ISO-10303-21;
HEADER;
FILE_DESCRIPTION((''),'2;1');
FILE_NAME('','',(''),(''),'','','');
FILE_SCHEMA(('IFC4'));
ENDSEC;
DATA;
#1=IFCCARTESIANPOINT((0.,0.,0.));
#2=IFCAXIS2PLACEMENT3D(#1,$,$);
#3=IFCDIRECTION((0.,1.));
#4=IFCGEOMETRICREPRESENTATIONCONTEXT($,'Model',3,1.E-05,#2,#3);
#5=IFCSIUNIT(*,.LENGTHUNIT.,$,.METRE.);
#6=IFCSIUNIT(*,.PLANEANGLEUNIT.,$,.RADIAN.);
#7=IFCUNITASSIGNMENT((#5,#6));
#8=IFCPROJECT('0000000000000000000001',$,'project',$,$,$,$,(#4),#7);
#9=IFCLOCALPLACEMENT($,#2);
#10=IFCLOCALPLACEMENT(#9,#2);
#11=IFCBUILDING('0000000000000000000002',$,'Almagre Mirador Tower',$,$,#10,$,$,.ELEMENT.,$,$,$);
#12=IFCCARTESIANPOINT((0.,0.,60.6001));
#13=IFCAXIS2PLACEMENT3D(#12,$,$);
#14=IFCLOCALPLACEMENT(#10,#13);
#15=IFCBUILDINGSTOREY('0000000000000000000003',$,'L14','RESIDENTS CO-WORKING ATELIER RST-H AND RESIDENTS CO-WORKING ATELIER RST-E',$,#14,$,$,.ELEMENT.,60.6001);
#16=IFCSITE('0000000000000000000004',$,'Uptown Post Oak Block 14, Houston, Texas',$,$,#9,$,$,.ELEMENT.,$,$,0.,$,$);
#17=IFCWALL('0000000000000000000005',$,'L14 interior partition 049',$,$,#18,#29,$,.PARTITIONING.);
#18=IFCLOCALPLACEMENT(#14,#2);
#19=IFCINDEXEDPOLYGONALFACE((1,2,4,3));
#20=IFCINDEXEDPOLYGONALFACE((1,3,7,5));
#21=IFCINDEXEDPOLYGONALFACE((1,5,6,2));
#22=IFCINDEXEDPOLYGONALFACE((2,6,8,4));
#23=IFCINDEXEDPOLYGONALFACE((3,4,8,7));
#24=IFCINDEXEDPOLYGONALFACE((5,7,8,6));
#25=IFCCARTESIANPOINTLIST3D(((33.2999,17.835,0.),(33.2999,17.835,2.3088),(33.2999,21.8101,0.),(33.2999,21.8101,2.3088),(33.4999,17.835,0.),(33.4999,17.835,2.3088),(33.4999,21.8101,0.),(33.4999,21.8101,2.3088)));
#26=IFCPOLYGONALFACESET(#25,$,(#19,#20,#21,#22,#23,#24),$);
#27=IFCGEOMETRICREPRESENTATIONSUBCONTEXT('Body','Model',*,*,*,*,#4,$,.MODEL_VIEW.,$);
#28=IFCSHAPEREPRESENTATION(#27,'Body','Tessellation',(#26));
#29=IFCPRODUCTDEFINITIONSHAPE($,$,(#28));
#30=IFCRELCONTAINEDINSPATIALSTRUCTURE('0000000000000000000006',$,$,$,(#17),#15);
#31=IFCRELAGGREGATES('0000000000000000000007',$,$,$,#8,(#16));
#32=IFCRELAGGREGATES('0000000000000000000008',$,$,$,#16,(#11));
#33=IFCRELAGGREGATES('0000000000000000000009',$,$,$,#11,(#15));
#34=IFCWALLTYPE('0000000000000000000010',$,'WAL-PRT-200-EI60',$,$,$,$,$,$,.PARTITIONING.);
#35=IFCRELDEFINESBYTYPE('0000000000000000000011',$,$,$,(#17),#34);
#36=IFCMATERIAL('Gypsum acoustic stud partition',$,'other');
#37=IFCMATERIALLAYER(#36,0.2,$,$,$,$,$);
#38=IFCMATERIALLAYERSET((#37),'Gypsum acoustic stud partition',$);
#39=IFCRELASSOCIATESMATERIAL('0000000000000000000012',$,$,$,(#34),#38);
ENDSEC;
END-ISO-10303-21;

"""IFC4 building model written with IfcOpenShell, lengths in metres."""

from ifc_helpers import new_model, si_unit, direction, frame, frame_2d, origin, place, context, subcontext, project, spatial, rectangle, extrude, material, layer, layer_set, type_object, element, save


model = new_model("IFC4")

# Units and contexts
model_context = context("Model", 3, precision=1e-05, world=origin(), true_north=direction((0.0, 1.0)))
body_context = subcontext(model_context, "Body", "Model", "MODEL_VIEW")
ifc_project = project(units=[si_unit("LENGTHUNIT", "METRE"), si_unit("PLANEANGLEUNIT", "RADIAN")], contexts=[model_context])

# Site, building, storey
site_placement = place(None, origin())
site = spatial("IfcSite", under=ifc_project, at=site_placement, Name="Uptown Post Oak Block 14, Houston, Texas", CompositionType="ELEMENT", RefElevation=0.0)
building_placement = place(site_placement, origin())
building = spatial("IfcBuilding", under=site, at=building_placement, Name="Almagre Mirador Tower", CompositionType="ELEMENT")
storey_placement = place(building_placement, frame((0.0, 0.0, 60.6001)))
storey = spatial("IfcBuildingStorey", under=building, at=storey_placement, Name="L14", Description="RESIDENTS CO-WORKING ATELIER RST-H AND RESIDENTS CO-WORKING ATELIER RST-E", CompositionType="ELEMENT", Elevation=60.6001)

# Shared definitions
ifc_material_1 = material(Name="Gypsum acoustic stud partition", Category="other")
ifc_layer_1 = layer(ifc_material_1, 0.2)
ifc_layer_set_1 = layer_set([ifc_layer_1], Name="Gypsum acoustic stud partition")
wall_type_1 = type_object("IfcWallType", Name="WAL-PRT-200-EI60", PredefinedType="PARTITIONING", material=ifc_layer_set_1)

# Wall
wall_1_placement = place(storey_placement, frame((33.3999, 17.835, 0.0), z_axis=(0.0, 0.0, 1.0), x_axis=(0.0, 1.0, 0.0)))
element("IfcWall", 1, at=wall_1_placement, inside=storey, type_object=wall_type_1, Name="L14 interior partition 049", PredefinedType="PARTITIONING", context=body_context, shape_type="SweptSolid", body=[
    extrude(rectangle(XDim=3.9751, YDim=0.2, at=frame_2d((1.9875, 0.0))), origin(), (0.0, 0.0, 1.0), 2.3088),
])

save(model, "model.ifc")
